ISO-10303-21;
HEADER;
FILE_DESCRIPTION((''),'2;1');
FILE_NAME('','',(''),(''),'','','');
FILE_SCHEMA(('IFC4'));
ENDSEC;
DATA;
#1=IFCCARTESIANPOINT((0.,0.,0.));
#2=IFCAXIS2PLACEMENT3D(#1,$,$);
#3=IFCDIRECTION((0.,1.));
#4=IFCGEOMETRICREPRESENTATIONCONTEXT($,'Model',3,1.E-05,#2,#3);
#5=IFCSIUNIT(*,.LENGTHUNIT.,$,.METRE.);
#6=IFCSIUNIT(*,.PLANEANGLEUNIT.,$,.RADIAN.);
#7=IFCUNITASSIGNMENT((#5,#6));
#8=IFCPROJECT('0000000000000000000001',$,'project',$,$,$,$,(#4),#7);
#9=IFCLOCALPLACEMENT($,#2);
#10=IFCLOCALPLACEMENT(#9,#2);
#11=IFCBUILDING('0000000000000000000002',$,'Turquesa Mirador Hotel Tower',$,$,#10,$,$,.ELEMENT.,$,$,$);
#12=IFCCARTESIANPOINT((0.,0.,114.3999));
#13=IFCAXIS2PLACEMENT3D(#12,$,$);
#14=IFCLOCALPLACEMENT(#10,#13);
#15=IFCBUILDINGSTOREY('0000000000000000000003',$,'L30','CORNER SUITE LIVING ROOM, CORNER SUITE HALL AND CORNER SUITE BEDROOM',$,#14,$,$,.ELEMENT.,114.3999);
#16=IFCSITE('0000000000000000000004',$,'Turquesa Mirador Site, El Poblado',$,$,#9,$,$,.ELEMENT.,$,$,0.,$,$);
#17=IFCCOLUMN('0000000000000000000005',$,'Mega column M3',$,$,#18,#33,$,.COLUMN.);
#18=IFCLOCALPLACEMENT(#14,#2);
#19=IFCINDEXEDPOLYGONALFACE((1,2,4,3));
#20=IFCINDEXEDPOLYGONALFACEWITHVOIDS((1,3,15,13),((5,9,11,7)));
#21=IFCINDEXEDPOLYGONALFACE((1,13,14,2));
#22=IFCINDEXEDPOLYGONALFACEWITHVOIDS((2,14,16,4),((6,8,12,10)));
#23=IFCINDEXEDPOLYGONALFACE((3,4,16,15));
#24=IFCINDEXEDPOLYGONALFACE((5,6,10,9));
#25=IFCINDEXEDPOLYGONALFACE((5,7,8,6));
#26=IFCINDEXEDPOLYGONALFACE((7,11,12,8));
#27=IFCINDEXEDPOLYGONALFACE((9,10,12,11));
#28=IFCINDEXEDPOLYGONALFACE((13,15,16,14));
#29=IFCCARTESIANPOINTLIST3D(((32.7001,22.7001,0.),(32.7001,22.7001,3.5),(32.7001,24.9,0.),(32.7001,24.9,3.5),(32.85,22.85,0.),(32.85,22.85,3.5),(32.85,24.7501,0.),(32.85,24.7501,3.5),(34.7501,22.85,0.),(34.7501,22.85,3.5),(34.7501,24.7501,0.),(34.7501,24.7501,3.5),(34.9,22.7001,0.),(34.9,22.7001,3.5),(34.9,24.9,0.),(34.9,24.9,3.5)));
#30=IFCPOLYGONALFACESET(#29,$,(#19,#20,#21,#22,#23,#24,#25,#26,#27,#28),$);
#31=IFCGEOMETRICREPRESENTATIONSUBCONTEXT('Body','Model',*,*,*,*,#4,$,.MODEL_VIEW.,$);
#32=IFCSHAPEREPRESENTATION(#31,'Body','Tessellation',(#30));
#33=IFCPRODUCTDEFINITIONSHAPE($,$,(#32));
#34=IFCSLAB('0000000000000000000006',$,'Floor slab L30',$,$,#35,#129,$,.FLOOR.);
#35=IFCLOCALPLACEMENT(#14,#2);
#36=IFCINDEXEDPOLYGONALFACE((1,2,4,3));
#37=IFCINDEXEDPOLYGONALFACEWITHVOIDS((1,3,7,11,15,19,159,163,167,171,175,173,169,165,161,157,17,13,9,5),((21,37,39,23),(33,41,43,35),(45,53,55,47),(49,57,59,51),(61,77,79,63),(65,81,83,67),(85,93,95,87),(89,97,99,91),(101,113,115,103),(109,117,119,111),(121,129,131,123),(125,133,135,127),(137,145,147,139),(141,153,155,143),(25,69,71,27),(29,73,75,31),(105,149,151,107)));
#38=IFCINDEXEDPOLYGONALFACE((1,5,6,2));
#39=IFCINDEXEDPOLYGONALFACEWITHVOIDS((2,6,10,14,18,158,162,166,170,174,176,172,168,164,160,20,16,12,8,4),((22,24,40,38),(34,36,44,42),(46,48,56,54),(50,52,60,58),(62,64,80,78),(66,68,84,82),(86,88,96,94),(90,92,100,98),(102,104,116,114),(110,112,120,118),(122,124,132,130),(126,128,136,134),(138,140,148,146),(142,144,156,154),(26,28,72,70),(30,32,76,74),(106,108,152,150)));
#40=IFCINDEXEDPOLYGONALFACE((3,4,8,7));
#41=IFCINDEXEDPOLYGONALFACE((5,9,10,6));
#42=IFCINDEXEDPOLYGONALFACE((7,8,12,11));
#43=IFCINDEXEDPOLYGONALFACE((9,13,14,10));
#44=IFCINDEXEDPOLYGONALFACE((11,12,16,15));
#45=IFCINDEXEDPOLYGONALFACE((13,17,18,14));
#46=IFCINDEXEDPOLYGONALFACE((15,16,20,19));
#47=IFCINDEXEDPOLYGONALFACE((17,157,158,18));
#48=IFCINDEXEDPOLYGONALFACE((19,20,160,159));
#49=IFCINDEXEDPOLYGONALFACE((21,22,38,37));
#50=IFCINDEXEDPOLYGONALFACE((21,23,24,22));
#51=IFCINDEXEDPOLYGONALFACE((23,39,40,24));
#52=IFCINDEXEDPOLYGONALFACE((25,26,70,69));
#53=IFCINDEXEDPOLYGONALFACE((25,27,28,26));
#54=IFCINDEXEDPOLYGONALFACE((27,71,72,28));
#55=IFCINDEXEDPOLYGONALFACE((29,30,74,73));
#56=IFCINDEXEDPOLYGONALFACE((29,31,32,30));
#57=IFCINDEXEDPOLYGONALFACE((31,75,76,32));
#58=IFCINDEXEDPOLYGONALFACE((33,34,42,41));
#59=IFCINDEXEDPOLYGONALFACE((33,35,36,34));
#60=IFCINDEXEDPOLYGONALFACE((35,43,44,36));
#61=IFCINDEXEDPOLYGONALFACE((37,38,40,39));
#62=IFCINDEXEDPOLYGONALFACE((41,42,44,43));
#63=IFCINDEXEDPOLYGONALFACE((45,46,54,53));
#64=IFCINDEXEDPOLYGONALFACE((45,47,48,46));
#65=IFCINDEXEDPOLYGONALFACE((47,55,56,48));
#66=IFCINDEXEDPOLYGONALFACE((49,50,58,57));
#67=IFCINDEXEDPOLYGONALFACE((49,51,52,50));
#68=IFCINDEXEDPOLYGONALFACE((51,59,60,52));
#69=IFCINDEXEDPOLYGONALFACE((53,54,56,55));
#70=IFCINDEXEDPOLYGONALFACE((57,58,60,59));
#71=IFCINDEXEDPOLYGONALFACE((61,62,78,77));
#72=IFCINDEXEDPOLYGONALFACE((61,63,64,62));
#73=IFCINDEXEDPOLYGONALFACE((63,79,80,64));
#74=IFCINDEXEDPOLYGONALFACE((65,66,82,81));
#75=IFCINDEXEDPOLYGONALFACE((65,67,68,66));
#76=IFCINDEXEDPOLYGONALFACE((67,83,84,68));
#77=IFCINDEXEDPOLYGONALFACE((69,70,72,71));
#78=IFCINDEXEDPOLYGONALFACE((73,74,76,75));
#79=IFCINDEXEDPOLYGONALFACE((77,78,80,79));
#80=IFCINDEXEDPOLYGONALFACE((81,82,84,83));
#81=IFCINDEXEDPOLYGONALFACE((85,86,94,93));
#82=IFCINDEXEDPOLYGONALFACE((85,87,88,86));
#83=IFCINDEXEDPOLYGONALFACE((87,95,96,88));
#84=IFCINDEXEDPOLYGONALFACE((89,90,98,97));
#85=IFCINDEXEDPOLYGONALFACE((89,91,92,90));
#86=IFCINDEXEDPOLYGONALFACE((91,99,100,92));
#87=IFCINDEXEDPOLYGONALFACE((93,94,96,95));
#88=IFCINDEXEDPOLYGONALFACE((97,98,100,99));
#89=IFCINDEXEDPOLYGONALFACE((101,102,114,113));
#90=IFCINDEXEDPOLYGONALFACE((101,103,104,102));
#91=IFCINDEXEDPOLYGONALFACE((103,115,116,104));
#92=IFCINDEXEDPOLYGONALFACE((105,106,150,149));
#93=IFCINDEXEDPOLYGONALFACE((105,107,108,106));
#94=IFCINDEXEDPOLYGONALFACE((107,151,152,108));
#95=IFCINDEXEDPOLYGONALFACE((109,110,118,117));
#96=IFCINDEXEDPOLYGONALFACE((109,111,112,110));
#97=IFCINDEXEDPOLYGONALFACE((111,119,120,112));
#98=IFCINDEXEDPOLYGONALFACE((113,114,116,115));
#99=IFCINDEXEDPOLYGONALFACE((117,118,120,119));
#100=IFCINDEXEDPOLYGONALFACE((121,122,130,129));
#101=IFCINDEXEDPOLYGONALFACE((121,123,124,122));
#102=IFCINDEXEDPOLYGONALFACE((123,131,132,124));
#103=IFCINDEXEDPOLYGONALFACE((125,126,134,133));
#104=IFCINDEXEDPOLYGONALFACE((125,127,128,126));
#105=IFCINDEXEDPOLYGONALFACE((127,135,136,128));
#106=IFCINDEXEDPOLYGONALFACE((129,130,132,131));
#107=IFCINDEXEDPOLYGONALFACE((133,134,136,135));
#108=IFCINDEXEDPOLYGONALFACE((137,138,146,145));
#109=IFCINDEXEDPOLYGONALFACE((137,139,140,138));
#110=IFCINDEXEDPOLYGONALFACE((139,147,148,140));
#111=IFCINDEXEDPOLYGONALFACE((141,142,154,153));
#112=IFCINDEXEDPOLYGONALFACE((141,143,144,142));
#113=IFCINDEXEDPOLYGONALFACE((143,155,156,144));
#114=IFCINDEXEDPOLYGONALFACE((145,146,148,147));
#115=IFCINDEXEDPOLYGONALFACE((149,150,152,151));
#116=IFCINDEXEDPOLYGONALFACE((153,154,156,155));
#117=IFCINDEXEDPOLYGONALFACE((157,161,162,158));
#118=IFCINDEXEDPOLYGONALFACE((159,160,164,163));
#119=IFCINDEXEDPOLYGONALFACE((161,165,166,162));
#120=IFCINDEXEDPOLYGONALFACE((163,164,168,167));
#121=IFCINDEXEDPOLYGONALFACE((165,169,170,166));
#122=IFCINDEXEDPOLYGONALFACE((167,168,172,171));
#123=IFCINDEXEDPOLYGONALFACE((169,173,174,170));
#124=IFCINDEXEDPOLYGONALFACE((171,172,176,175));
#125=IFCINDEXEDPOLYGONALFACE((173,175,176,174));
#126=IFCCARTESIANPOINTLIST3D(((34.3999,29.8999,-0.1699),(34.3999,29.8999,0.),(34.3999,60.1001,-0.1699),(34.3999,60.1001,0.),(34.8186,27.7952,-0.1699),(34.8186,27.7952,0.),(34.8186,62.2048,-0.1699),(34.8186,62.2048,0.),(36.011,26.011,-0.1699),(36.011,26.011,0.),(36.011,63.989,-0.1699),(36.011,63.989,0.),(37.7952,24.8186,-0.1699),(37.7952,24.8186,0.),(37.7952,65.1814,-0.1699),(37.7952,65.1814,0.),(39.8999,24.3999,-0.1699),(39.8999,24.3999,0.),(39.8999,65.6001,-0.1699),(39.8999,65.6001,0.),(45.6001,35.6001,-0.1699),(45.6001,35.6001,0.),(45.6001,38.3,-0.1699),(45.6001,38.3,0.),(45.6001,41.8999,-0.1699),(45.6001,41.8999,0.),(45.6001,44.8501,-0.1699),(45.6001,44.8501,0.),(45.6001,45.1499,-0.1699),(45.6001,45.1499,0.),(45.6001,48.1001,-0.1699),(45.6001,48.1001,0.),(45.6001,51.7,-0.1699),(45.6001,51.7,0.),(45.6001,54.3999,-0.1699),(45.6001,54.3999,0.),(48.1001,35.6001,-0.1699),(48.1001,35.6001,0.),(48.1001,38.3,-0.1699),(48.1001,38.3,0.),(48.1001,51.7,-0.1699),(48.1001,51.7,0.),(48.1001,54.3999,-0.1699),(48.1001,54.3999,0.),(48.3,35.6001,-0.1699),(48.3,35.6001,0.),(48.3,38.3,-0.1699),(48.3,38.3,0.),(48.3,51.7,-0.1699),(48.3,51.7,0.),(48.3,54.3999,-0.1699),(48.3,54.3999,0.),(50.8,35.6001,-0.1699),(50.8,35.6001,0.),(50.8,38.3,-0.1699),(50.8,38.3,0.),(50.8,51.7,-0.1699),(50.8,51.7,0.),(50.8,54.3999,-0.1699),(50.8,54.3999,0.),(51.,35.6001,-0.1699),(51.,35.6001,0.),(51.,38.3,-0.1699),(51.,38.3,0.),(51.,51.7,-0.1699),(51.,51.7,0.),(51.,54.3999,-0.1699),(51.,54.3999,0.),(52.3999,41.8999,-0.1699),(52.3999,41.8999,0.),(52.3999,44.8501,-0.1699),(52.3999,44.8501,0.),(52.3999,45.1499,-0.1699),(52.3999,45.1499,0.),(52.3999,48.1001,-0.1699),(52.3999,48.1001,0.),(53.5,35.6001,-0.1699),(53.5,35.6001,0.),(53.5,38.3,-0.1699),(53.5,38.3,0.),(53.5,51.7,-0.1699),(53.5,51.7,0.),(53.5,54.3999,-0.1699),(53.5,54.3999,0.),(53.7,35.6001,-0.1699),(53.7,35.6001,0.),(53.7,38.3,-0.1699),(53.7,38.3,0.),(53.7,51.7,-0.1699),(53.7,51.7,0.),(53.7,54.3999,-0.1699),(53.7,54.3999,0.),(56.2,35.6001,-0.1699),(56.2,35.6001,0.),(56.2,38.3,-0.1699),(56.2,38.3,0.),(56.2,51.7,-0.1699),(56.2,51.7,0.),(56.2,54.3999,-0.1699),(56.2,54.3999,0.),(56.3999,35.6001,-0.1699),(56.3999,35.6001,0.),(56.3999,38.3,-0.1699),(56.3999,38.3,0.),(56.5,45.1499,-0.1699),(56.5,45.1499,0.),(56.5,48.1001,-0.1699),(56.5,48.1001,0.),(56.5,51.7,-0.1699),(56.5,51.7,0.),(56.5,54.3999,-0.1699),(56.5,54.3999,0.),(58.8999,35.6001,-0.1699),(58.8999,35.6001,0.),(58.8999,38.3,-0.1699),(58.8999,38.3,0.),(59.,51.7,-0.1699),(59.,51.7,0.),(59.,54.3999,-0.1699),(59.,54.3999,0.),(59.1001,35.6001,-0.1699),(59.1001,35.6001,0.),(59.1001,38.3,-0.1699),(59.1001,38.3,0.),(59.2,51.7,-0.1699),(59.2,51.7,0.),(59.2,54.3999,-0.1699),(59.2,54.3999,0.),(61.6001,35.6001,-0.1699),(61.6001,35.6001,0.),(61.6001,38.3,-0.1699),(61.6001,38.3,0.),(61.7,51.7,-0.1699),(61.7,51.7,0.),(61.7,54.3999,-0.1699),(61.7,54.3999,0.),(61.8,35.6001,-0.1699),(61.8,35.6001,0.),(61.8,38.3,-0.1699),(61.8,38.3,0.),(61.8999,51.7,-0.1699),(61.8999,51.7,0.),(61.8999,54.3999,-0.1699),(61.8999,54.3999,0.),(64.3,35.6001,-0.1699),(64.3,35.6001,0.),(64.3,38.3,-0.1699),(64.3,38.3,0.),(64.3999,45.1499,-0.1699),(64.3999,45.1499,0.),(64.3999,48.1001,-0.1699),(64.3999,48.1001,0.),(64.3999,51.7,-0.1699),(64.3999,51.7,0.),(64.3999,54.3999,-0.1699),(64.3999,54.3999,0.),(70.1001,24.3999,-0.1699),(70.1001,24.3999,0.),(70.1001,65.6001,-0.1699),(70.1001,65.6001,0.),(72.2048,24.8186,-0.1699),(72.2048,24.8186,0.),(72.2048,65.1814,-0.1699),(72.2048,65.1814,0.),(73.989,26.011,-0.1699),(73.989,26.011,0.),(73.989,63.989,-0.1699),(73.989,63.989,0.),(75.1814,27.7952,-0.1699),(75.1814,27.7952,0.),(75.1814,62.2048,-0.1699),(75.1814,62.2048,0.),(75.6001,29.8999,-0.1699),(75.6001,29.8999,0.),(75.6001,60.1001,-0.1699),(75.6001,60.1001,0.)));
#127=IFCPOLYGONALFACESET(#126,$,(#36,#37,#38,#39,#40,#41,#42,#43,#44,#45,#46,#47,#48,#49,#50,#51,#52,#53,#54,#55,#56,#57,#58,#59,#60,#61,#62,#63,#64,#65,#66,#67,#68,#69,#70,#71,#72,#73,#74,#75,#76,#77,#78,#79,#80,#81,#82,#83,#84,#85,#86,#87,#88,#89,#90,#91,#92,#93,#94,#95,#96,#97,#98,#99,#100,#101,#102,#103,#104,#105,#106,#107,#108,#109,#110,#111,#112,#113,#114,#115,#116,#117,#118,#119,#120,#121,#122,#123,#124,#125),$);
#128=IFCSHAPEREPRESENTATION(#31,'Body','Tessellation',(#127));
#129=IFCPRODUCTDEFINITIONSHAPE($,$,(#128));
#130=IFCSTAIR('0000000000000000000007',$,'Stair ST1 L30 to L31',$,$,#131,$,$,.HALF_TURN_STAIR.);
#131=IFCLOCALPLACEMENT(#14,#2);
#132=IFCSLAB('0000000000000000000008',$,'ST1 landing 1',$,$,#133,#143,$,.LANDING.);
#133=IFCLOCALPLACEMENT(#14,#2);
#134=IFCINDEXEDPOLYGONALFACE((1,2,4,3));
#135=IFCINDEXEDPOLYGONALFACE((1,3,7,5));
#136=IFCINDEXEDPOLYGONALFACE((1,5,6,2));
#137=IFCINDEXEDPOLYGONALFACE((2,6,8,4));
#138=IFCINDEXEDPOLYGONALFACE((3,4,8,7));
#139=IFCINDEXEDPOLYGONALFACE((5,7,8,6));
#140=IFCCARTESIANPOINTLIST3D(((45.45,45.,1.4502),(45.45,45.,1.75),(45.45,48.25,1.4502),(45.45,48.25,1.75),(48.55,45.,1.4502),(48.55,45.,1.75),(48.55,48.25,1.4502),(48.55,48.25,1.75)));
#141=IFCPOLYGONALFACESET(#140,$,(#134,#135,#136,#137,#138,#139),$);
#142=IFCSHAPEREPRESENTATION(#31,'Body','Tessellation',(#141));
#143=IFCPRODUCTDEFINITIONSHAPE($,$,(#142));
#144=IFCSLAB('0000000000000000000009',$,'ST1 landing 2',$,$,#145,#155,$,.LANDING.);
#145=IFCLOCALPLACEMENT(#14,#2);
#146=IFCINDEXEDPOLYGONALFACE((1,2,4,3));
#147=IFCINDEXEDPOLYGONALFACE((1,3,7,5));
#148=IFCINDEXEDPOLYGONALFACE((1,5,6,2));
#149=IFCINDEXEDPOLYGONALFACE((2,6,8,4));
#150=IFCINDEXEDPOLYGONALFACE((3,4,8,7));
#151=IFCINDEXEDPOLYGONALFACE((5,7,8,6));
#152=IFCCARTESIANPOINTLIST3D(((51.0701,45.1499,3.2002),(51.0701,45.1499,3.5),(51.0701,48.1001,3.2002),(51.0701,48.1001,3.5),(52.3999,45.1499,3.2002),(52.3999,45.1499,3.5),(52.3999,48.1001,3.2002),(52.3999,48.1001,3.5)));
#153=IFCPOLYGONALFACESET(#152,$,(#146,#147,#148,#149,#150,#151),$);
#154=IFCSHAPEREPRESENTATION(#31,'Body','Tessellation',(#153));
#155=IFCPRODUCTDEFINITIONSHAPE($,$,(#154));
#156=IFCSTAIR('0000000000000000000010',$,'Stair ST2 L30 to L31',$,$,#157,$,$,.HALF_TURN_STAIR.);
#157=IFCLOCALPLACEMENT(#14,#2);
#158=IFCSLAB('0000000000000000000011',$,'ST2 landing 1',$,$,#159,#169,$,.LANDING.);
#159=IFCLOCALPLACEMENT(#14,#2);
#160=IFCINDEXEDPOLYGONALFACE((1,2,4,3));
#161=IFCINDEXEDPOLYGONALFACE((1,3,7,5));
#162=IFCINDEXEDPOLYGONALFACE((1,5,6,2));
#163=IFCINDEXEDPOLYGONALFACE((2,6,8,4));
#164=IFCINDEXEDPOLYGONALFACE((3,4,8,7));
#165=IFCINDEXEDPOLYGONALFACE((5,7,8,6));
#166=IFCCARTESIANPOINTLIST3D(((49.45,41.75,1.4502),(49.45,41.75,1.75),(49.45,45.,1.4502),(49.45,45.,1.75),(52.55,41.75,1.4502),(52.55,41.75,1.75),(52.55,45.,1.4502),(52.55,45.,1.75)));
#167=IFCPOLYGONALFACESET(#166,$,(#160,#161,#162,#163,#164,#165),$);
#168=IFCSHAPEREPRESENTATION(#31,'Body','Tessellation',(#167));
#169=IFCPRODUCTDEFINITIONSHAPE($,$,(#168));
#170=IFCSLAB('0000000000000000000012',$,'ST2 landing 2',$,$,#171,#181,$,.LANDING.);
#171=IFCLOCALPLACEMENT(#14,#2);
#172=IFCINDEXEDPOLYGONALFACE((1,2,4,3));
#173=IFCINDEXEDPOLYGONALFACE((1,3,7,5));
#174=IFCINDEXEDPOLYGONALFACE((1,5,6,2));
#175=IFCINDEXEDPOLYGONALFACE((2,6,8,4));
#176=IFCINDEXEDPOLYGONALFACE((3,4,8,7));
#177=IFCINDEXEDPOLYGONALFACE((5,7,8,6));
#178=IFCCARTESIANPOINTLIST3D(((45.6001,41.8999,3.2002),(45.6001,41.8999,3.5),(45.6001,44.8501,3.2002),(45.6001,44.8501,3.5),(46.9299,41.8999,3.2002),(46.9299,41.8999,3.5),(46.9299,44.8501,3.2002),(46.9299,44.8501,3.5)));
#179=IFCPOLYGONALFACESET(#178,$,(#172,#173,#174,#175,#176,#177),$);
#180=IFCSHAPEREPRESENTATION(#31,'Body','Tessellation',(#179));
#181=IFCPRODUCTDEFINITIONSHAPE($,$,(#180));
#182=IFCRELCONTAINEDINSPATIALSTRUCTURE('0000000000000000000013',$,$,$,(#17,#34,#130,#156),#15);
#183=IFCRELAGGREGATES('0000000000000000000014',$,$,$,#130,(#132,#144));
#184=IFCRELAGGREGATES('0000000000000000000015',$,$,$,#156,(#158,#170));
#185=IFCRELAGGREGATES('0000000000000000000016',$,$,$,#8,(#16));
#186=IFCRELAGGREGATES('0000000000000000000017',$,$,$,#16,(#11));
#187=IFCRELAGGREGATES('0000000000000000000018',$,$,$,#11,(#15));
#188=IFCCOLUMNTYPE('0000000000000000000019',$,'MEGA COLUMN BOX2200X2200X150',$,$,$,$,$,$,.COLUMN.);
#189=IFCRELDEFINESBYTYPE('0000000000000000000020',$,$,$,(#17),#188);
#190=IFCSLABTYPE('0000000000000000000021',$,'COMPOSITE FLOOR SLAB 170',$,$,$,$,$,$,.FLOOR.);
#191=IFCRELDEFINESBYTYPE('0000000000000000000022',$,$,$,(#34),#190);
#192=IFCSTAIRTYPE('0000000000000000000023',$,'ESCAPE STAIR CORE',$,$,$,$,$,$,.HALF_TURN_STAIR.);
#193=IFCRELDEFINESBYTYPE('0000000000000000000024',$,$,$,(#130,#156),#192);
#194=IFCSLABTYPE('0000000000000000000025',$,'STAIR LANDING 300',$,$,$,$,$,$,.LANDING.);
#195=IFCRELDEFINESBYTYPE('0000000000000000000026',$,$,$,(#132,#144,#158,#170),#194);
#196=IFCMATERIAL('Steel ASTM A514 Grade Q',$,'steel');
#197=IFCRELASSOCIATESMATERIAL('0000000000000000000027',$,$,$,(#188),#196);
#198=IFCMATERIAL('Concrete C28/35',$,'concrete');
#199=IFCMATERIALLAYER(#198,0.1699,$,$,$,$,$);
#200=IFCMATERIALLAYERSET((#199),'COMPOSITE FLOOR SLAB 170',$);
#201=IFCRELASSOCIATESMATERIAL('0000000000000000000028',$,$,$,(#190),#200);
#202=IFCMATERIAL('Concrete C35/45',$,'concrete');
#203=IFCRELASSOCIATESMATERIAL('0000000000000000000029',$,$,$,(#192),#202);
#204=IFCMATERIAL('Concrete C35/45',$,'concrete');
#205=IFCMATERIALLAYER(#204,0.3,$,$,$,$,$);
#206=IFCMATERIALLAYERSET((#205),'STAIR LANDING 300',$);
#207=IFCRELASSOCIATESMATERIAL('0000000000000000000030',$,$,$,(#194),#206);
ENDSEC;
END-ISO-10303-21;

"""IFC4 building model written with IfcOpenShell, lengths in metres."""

from ifc_helpers import new_model, si_unit, direction, frame, origin, origin_2d, place, context, subcontext, project, spatial, polyline, hollow_rectangle, outline, extrude, material, layer, layer_set, material_profile, profile_set, type_object, element, aggregate, save


model = new_model("IFC4")

# Units and contexts
model_context = context("Model", 3, precision=1e-05, world=origin(), true_north=direction((0.0, 1.0)))
body_context = subcontext(model_context, "Body", "Model", "MODEL_VIEW")
ifc_project = project(units=[si_unit("LENGTHUNIT", "METRE"), si_unit("PLANEANGLEUNIT", "RADIAN")], contexts=[model_context])

# Site, building, storey
site_placement = place(None, origin())
site = spatial("IfcSite", under=ifc_project, at=site_placement, Name="Turquesa Mirador Site, El Poblado", CompositionType="ELEMENT", RefElevation=0.0)
building_placement = place(site_placement, origin())
building = spatial("IfcBuilding", under=site, at=building_placement, Name="Turquesa Mirador Hotel Tower", CompositionType="ELEMENT")
storey_placement = place(building_placement, frame((0.0, 0.0, 114.3999)))
storey = spatial("IfcBuildingStorey", under=building, at=storey_placement, Name="L30", Description="CORNER SUITE LIVING ROOM, CORNER SUITE HALL AND CORNER SUITE BEDROOM", CompositionType="ELEMENT", Elevation=114.3999)

# Column
ifc_material_1 = material(Name="Steel ASTM A514 Grade Q", Category="steel")
ifc_material_profile = material_profile(ifc_material_1, hollow_rectangle(XDim=2.2, YDim=2.2, WallThickness=0.1499, at=origin_2d()), Name="BOX2200X2200X150")
ifc_profile_set = profile_set([ifc_material_profile], Name="Steel ASTM A514 Grade Q")
column_type = type_object("IfcColumnType", Name="MEGA COLUMN BOX2200X2200X150", PredefinedType="COLUMN", material=ifc_profile_set)
column_placement = place(storey_placement, frame((33.8, 23.8, 0.0), z_axis=(0.0, 0.0, 1.0), x_axis=(1.0, 0.0, 0.0)))
element("IfcColumn", 1, at=column_placement, inside=storey, type_object=column_type, Name="Mega column M3", PredefinedType="COLUMN", context=body_context, shape_type="SweptSolid", body=[
    extrude(hollow_rectangle(XDim=2.2, YDim=2.2, WallThickness=0.1499, at=origin_2d()), origin(), (0.0, 0.0, 1.0), 3.5),
])

# Slab
ifc_material_2 = material(Name="Concrete C28/35", Category="concrete")
ifc_layer_1 = layer(ifc_material_2, 0.1699)
ifc_layer_set_1 = layer_set([ifc_layer_1], Name="COMPOSITE FLOOR SLAB 170")
slab_type_1 = type_object("IfcSlabType", Name="COMPOSITE FLOOR SLAB 170", PredefinedType="FLOOR", material=ifc_layer_set_1)
slab_1_placement = place(storey_placement, frame((0.0, 0.0, -0.1699)))
element("IfcSlab", 2, at=slab_1_placement, inside=storey, type_object=slab_type_1, Name="Floor slab L30", PredefinedType="FLOOR", context=body_context, shape_type="SweptSolid", body=[
    extrude(outline(polyline([(70.1001, 24.3999), (72.2048, 24.8186), (73.989, 26.011), (75.1814, 27.7952), (75.6001, 29.8999), (75.6001, 60.1001), (75.1814, 62.2048), (73.989, 63.989), (72.2048, 65.1814), (70.1001, 65.6001), (39.8999, 65.6001), (37.7952, 65.1814), (36.011, 63.989), (34.8186, 62.2048), (34.3999, 60.1001), (34.3999, 29.8999), (34.8186, 27.7952), (36.011, 26.011), (37.7952, 24.8186), (39.8999, 24.3999), (70.1001, 24.3999)]), holes=[polyline([(45.6001, 51.7), (48.1001, 51.7), (48.1001, 54.3999), (45.6001, 54.3999), (45.6001, 51.7)]), polyline([(48.3, 51.7), (50.8, 51.7), (50.8, 54.3999), (48.3, 54.3999), (48.3, 51.7)]), polyline([(51.0, 51.7), (53.5, 51.7), (53.5, 54.3999), (51.0, 54.3999), (51.0, 51.7)]), polyline([(53.7, 51.7), (56.2, 51.7), (56.2, 54.3999), (53.7, 54.3999), (53.7, 51.7)]), polyline([(56.5, 51.7), (59.0, 51.7), (59.0, 54.3999), (56.5, 54.3999), (56.5, 51.7)]), polyline([(59.2, 51.7), (61.7, 51.7), (61.7, 54.3999), (59.2, 54.3999), (59.2, 51.7)]), polyline([(45.6001, 35.6001), (48.1001, 35.6001), (48.1001, 38.3), (45.6001, 38.3), (45.6001, 35.6001)]), polyline([(48.3, 35.6001), (50.8, 35.6001), (50.8, 38.3), (48.3, 38.3), (48.3, 35.6001)]), polyline([(51.0, 35.6001), (53.5, 35.6001), (53.5, 38.3), (51.0, 38.3), (51.0, 35.6001)]), polyline([(53.7, 35.6001), (56.2, 35.6001), (56.2, 38.3), (53.7, 38.3), (53.7, 35.6001)]), polyline([(56.3999, 35.6001), (58.8999, 35.6001), (58.8999, 38.3), (56.3999, 38.3), (56.3999, 35.6001)]), polyline([(59.1001, 35.6001), (61.6001, 35.6001), (61.6001, 38.3), (59.1001, 38.3), (59.1001, 35.6001)]), polyline([(61.8, 35.6001), (64.3, 35.6001), (64.3, 38.3), (61.8, 38.3), (61.8, 35.6001)]), polyline([(45.6001, 45.1499), (52.3999, 45.1499), (52.3999, 48.1001), (45.6001, 48.1001), (45.6001, 45.1499)]), polyline([(45.6001, 41.8999), (52.3999, 41.8999), (52.3999, 44.8501), (45.6001, 44.8501), (45.6001, 41.8999)]), polyline([(56.5, 45.1499), (64.3999, 45.1499), (64.3999, 48.1001), (56.5, 48.1001), (56.5, 45.1499)]), polyline([(61.8999, 51.7), (64.3999, 51.7), (64.3999, 54.3999), (61.8999, 54.3999), (61.8999, 51.7)])]), origin(), (0.0, 0.0, 1.0), 0.1699),
])

# Stairs, slabs
ifc_material_3 = material(Name="Concrete C35/45", Category="concrete")
stair_type = type_object("IfcStairType", Name="ESCAPE STAIR CORE", PredefinedType="HALF_TURN_STAIR", material=ifc_material_3)
stair_1_placement = place(storey_placement, origin())
stair_1 = element("IfcStair", 3, at=stair_1_placement, inside=storey, type_object=stair_type, Name="Stair ST1 L30 to L31", PredefinedType="HALF_TURN_STAIR")
ifc_material_4 = material(Name="Concrete C35/45", Category="concrete")
ifc_layer_2 = layer(ifc_material_4, 0.3)
ifc_layer_set_2 = layer_set([ifc_layer_2], Name="STAIR LANDING 300")
slab_type_2 = type_object("IfcSlabType", Name="STAIR LANDING 300", PredefinedType="LANDING", material=ifc_layer_set_2)
slab_2_placement = place(storey_placement, frame((0.0, 0.0, 1.4502)))
slab_2 = element("IfcSlab", 4, at=slab_2_placement, type_object=slab_type_2, Name="ST1 landing 1", PredefinedType="LANDING", context=body_context, shape_type="SweptSolid", body=[
    extrude(outline(polyline([(45.45, 45.0), (48.55, 45.0), (48.55, 48.25), (45.45, 48.25), (45.45, 45.0)])), origin(), (0.0, 0.0, 1.0), 0.2998),
])
slab_3_placement = place(storey_placement, frame((0.0, 0.0, 3.2002)))
slab_3 = element("IfcSlab", 5, at=slab_3_placement, type_object=slab_type_2, Name="ST1 landing 2", PredefinedType="LANDING", context=body_context, shape_type="SweptSolid", body=[
    extrude(outline(polyline([(51.0701, 45.1499), (52.3999, 45.1499), (52.3999, 48.1001), (51.0701, 48.1001), (51.0701, 45.1499)])), origin(), (0.0, 0.0, 1.0), 0.2998),
])
aggregate(stair_1, [slab_2, slab_3])
stair_2_placement = place(storey_placement, origin())
stair_2 = element("IfcStair", 6, at=stair_2_placement, inside=storey, type_object=stair_type, Name="Stair ST2 L30 to L31", PredefinedType="HALF_TURN_STAIR")
slab_4_placement = place(storey_placement, frame((0.0, 0.0, 1.4502)))
slab_4 = element("IfcSlab", 7, at=slab_4_placement, type_object=slab_type_2, Name="ST2 landing 1", PredefinedType="LANDING", context=body_context, shape_type="SweptSolid", body=[
    extrude(outline(polyline([(52.55, 45.0), (49.45, 45.0), (49.45, 41.75), (52.55, 41.75), (52.55, 45.0)])), origin(), (0.0, 0.0, 1.0), 0.2998),
])
slab_5_placement = place(storey_placement, frame((0.0, 0.0, 3.2002)))
slab_5 = element("IfcSlab", 8, at=slab_5_placement, type_object=slab_type_2, Name="ST2 landing 2", PredefinedType="LANDING", context=body_context, shape_type="SweptSolid", body=[
    extrude(outline(polyline([(46.9299, 44.8501), (45.6001, 44.8501), (45.6001, 41.8999), (46.9299, 41.8999), (46.9299, 44.8501)])), origin(), (0.0, 0.0, 1.0), 0.2998),
])
aggregate(stair_2, [slab_4, slab_5])

save(model, "model.ifc")
